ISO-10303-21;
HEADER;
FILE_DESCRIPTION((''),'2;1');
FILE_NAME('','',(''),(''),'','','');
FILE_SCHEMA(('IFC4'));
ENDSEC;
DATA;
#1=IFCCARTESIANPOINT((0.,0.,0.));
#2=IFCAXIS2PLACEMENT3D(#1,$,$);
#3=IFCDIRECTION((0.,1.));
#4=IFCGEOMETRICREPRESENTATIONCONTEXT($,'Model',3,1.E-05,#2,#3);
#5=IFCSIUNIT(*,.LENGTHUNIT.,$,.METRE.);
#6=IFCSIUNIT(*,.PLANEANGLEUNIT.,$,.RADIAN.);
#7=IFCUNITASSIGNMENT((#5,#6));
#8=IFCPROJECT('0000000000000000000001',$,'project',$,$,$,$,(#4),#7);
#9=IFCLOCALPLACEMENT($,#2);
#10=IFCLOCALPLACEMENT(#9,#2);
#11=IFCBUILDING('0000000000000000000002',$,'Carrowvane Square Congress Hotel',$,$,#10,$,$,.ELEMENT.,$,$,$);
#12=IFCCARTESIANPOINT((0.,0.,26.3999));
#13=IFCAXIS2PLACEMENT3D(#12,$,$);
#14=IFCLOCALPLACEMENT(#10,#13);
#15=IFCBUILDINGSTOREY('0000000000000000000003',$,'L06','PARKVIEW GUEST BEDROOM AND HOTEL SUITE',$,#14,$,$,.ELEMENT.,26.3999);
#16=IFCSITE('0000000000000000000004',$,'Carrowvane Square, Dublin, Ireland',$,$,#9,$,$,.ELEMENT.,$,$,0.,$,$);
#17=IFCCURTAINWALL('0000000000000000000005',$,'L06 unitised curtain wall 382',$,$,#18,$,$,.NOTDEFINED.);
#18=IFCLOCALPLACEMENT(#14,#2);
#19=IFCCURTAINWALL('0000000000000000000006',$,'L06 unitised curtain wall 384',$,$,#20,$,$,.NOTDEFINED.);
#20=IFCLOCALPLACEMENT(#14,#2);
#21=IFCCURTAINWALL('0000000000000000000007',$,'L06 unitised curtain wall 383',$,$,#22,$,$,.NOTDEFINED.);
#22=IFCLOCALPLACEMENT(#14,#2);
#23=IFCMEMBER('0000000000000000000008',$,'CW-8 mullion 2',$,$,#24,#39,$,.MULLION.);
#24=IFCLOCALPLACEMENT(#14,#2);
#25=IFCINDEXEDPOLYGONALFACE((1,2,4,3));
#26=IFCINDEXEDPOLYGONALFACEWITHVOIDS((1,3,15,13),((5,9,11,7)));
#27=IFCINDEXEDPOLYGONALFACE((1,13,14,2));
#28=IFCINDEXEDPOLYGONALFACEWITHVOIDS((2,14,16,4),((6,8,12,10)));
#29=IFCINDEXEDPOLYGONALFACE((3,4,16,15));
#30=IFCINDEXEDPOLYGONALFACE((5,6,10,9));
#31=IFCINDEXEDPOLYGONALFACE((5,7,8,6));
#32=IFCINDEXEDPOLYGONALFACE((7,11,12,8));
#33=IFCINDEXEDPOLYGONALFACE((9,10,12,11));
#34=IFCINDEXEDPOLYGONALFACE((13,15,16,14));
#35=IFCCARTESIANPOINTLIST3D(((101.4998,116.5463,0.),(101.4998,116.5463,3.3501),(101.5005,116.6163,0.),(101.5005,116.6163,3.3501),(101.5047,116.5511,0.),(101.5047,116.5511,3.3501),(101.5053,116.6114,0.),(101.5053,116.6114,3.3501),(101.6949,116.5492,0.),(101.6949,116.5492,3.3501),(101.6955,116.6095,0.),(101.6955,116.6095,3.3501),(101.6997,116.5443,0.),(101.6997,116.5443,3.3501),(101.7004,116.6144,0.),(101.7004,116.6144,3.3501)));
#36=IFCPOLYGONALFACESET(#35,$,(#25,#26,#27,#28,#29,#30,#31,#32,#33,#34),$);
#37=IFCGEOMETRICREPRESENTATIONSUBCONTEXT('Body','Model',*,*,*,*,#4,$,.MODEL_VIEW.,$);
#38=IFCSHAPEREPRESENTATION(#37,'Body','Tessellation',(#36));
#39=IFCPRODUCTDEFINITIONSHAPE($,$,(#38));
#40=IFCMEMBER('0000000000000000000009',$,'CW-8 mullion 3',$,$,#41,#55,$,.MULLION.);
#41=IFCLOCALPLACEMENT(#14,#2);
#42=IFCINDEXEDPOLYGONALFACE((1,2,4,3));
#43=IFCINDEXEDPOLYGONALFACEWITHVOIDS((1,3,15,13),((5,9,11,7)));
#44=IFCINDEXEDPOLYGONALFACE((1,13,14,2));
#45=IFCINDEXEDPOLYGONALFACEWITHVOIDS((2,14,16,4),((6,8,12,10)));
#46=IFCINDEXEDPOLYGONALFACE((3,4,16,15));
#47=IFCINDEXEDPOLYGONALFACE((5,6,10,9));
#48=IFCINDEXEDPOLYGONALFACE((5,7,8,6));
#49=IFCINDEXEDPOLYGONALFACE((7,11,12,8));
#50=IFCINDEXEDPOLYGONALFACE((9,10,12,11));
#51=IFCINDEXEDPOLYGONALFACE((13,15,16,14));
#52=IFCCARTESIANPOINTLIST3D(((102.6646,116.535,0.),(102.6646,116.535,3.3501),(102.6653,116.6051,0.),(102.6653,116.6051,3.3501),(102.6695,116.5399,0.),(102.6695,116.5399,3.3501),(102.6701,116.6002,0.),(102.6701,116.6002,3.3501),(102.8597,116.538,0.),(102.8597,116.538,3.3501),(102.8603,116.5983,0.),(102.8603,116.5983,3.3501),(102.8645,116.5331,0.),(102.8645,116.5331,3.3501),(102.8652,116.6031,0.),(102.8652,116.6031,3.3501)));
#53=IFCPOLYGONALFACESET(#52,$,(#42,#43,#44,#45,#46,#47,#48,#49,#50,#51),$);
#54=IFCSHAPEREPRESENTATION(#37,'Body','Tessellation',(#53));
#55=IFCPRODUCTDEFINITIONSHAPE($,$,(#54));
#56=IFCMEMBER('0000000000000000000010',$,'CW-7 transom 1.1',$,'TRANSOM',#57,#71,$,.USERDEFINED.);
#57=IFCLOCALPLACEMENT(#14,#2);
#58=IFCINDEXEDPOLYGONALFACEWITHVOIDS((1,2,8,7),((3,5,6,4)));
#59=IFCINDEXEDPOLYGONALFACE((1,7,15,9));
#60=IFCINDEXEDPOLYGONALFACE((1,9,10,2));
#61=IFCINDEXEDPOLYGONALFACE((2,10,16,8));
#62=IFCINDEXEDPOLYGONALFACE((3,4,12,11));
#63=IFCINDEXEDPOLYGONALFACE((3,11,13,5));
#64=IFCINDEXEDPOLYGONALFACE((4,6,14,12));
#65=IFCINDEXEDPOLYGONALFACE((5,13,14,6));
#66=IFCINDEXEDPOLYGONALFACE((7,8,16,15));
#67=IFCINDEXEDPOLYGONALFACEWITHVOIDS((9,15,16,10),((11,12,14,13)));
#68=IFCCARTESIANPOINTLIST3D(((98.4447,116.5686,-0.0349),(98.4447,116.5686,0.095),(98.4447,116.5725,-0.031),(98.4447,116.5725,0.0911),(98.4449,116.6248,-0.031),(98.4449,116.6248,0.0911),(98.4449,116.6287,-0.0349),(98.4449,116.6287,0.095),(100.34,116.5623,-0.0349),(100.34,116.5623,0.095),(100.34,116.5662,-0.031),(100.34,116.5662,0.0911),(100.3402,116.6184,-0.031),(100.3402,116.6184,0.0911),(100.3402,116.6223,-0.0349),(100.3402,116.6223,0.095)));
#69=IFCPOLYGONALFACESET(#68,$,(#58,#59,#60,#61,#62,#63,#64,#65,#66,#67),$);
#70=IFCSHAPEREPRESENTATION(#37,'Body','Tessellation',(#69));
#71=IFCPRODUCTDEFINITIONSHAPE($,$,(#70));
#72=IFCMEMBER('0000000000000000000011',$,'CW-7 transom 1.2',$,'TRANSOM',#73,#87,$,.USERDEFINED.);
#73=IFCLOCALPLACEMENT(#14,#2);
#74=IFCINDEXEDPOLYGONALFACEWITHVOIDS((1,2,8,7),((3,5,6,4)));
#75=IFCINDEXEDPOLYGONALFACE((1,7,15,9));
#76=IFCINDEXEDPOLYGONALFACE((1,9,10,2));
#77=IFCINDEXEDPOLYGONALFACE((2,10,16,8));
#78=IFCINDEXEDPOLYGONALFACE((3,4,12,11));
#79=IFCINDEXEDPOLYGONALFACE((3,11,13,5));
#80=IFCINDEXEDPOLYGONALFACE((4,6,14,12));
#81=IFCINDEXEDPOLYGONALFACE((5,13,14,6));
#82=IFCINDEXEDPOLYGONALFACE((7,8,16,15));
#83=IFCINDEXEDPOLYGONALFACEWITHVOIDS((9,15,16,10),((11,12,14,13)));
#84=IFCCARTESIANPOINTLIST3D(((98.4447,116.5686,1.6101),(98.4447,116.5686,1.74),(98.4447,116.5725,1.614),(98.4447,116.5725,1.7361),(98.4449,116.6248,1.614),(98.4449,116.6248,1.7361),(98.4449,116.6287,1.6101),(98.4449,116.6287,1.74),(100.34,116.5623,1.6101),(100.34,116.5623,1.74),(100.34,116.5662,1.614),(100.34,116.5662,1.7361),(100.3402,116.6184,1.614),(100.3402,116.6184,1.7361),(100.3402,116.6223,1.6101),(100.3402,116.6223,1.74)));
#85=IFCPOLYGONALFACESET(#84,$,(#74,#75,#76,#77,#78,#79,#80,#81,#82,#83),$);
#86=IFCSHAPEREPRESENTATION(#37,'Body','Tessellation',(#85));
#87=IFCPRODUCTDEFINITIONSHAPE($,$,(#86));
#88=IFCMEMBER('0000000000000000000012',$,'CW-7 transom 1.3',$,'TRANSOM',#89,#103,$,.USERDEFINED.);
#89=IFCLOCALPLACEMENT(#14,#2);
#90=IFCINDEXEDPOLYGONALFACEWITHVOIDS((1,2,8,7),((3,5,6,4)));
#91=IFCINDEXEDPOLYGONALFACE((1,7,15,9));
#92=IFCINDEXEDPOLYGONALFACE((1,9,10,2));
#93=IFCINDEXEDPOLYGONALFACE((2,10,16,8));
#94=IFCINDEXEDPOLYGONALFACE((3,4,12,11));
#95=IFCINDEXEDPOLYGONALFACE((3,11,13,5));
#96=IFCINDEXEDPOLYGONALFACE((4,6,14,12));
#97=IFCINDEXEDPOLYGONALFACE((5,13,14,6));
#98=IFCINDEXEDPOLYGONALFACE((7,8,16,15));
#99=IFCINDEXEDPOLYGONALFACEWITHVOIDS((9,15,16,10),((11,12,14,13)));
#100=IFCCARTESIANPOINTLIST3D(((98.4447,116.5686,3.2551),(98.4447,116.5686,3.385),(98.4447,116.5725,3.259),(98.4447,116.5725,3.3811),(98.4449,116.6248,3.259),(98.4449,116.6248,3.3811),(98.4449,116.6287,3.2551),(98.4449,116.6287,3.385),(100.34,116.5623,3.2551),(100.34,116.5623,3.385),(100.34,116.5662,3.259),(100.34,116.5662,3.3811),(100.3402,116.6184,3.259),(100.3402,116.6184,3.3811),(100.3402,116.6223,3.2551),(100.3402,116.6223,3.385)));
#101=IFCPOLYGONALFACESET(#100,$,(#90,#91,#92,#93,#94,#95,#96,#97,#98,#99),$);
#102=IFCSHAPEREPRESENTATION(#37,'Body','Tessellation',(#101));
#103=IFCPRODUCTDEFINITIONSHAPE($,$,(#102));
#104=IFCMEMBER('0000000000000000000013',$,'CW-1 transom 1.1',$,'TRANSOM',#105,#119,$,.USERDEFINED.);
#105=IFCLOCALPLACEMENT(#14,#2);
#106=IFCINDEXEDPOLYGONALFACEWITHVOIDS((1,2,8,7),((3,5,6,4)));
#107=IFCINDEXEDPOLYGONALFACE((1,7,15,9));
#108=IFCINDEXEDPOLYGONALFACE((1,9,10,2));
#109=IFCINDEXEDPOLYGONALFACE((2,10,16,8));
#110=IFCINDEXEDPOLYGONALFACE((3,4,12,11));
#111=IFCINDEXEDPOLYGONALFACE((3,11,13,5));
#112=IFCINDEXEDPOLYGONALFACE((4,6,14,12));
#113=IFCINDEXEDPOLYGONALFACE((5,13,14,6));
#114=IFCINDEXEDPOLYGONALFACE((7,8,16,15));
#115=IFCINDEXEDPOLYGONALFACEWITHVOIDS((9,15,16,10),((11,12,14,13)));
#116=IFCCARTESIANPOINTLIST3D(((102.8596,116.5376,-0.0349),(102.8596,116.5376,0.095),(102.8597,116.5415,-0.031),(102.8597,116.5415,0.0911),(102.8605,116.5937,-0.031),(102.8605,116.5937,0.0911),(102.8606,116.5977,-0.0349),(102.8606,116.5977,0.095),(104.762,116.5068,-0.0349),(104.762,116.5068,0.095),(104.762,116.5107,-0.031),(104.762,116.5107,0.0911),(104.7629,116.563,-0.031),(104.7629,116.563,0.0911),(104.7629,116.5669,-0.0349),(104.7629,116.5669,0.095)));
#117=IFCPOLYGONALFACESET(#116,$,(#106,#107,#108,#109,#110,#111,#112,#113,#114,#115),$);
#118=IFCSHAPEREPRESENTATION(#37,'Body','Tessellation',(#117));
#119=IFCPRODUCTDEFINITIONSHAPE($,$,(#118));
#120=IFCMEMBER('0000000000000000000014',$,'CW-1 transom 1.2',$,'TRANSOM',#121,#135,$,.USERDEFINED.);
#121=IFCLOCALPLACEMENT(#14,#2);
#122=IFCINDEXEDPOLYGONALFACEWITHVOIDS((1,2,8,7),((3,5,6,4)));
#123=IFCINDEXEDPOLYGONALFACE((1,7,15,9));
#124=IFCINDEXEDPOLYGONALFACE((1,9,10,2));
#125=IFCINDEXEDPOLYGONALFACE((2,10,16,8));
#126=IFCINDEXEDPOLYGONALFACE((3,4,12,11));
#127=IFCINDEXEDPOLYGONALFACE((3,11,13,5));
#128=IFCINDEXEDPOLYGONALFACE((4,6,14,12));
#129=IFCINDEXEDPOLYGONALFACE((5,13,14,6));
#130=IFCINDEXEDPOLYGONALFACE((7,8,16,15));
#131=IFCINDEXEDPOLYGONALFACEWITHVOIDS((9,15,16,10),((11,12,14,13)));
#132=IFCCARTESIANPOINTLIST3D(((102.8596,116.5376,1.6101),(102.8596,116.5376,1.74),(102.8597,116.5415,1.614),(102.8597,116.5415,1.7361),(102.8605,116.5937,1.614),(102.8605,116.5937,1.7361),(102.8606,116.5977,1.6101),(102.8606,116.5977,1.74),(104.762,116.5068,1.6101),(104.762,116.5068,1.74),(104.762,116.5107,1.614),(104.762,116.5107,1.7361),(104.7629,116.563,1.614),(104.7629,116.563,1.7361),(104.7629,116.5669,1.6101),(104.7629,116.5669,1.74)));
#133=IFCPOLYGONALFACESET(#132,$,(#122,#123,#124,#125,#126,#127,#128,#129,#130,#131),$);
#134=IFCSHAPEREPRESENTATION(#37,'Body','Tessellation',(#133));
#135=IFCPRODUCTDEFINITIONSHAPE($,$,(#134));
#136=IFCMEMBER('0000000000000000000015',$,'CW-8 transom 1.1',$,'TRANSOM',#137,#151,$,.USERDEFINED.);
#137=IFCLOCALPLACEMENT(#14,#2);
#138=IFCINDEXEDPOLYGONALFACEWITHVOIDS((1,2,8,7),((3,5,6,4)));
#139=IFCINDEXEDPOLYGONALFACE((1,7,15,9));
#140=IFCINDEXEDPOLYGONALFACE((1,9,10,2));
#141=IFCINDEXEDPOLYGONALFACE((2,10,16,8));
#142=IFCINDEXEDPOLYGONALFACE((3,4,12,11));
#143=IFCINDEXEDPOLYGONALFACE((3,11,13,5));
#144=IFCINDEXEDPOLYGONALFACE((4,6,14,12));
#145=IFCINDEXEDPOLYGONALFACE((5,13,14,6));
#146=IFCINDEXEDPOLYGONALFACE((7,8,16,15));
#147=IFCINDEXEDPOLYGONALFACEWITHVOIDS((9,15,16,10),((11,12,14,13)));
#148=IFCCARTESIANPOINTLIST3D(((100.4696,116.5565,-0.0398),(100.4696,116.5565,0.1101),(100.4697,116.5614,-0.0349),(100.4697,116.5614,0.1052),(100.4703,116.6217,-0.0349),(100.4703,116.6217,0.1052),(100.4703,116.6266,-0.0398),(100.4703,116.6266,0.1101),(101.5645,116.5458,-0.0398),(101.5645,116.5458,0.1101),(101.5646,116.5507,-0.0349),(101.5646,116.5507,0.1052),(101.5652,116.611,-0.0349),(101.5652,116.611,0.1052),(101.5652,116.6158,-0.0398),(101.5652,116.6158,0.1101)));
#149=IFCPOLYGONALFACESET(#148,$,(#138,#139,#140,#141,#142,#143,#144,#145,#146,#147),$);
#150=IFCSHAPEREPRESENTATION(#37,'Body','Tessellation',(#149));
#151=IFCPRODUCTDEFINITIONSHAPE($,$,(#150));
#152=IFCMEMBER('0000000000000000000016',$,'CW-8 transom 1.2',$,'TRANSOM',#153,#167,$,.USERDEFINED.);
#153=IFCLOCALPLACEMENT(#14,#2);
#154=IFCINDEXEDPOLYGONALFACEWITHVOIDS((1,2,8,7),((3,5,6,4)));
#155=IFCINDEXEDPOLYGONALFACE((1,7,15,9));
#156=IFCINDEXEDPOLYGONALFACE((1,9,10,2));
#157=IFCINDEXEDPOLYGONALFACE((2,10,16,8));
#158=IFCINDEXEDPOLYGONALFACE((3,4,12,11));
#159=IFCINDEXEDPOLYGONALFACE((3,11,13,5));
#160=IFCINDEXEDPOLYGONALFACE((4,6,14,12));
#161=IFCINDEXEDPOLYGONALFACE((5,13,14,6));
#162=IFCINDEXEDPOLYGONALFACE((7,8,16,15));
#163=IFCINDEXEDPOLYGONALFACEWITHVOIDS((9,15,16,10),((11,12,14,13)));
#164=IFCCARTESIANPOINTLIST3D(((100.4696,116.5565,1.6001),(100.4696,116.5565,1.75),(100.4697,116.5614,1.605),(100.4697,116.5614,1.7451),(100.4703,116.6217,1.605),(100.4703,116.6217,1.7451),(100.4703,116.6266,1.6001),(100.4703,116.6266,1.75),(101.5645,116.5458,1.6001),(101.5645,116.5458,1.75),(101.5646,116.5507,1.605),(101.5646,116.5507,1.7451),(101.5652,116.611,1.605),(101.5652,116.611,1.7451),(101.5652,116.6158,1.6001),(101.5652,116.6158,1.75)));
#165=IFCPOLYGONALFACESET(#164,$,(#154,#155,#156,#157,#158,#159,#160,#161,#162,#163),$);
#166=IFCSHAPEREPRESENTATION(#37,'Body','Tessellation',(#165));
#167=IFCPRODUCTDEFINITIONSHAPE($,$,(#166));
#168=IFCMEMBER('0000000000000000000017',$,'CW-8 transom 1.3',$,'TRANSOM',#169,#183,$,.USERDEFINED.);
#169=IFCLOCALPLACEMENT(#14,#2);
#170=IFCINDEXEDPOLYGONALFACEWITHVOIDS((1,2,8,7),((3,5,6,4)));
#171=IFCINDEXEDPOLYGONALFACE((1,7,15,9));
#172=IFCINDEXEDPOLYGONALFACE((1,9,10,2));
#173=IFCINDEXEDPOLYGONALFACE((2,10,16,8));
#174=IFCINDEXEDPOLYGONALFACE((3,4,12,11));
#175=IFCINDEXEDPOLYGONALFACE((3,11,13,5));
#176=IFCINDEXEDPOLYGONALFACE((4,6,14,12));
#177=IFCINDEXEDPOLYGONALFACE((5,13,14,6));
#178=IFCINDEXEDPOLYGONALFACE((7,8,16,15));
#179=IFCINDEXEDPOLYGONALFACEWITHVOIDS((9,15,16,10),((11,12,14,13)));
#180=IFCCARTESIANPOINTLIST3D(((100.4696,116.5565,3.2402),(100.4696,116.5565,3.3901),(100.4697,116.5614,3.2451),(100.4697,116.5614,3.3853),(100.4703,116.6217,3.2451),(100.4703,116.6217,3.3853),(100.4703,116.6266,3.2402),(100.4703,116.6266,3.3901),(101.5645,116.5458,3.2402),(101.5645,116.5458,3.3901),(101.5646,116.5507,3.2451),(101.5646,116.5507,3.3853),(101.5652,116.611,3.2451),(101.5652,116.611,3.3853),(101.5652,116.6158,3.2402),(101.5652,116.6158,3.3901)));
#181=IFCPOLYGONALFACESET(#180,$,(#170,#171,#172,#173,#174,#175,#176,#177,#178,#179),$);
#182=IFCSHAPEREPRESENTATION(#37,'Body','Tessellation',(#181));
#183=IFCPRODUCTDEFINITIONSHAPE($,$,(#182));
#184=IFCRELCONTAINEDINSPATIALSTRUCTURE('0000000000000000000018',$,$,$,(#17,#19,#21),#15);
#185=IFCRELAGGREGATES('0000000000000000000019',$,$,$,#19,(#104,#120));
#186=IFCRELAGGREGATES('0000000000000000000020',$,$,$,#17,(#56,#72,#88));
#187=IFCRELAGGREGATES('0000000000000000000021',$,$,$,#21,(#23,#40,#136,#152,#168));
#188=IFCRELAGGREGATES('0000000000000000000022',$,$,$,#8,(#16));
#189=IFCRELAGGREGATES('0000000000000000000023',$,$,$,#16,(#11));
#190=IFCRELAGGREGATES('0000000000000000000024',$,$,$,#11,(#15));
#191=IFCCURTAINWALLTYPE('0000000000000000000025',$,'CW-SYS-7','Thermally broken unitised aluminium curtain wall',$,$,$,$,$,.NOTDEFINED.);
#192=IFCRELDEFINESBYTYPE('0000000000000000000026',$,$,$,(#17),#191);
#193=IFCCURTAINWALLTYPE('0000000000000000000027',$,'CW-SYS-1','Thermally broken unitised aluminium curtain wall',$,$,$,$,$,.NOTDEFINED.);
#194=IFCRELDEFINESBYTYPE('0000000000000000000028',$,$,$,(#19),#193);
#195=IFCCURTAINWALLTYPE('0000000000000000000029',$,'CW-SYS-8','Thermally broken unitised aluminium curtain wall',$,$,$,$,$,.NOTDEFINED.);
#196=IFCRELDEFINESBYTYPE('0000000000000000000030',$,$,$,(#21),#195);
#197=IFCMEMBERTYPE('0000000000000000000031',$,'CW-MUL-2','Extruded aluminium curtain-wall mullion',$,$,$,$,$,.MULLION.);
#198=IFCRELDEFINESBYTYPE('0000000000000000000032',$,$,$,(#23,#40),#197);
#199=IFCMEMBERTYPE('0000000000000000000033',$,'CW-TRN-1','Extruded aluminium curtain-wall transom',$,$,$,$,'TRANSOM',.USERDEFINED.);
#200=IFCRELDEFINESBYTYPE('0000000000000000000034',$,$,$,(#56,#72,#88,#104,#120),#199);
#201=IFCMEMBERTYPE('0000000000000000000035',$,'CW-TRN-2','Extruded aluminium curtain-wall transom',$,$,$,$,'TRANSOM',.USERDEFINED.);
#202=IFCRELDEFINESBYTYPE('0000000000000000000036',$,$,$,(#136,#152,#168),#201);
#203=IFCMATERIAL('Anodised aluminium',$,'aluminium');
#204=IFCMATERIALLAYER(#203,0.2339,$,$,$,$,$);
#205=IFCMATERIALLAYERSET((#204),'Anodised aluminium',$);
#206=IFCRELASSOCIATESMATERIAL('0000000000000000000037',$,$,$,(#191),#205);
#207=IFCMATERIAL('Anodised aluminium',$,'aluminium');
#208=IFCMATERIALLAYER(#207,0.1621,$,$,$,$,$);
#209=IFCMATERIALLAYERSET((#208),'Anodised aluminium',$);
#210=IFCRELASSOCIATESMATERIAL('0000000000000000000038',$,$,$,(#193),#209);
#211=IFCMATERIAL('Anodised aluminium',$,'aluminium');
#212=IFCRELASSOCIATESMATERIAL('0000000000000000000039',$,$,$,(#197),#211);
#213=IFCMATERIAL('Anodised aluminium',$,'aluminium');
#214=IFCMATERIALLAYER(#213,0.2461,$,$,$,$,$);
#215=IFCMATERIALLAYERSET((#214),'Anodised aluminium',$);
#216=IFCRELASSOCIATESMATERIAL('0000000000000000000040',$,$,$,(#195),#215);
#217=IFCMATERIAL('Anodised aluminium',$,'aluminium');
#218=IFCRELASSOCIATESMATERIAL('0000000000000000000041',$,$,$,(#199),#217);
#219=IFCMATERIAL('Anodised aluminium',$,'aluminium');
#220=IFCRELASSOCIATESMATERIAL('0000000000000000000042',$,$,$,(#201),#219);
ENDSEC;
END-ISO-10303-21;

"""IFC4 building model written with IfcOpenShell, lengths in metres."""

from ifc_helpers import new_model, si_unit, direction, frame, origin, origin_2d, place, context, subcontext, project, spatial, hollow_rectangle, extrude, material, layer, layer_set, material_profile, profile_set, type_object, element, aggregate, save


model = new_model("IFC4")

# Units and contexts
model_context = context("Model", 3, precision=1e-05, world=origin(), true_north=direction((0.0, 1.0)))
body_context = subcontext(model_context, "Body", "Model", "MODEL_VIEW")
ifc_project = project(units=[si_unit("LENGTHUNIT", "METRE"), si_unit("PLANEANGLEUNIT", "RADIAN")], contexts=[model_context])

# Site, building, storey
site_placement = place(None, origin())
site = spatial("IfcSite", under=ifc_project, at=site_placement, Name="Carrowvane Square, Dublin, Ireland", CompositionType="ELEMENT", RefElevation=0.0)
building_placement = place(site_placement, origin())
building = spatial("IfcBuilding", under=site, at=building_placement, Name="Carrowvane Square Congress Hotel", CompositionType="ELEMENT")
storey_placement = place(building_placement, frame((0.0, 0.0, 26.3999)))
storey = spatial("IfcBuildingStorey", under=building, at=storey_placement, Name="L06", Description="PARKVIEW GUEST BEDROOM AND HOTEL SUITE", CompositionType="ELEMENT", Elevation=26.3999)

# Curtain wall
ifc_material_1 = material(Name="Anodised aluminium", Category="aluminium")
ifc_layer_1 = layer(ifc_material_1, 0.2339)
ifc_layer_set_1 = layer_set([ifc_layer_1], Name="Anodised aluminium")
curtain_wall_type_1 = type_object("IfcCurtainWallType", Name="CW-SYS-7", Description="Thermally broken unitised aluminium curtain wall", PredefinedType="NOTDEFINED", material=ifc_layer_set_1)
curtain_wall_1_placement = place(storey_placement, origin())
curtain_wall_1 = element("IfcCurtainWall", 1, at=curtain_wall_1_placement, inside=storey, type_object=curtain_wall_type_1, Name="L06 unitised curtain wall 382", PredefinedType="NOTDEFINED")

# Curtain wall
ifc_material_2 = material(Name="Anodised aluminium", Category="aluminium")
ifc_layer_2 = layer(ifc_material_2, 0.1621)
ifc_layer_set_2 = layer_set([ifc_layer_2], Name="Anodised aluminium")
curtain_wall_type_2 = type_object("IfcCurtainWallType", Name="CW-SYS-1", Description="Thermally broken unitised aluminium curtain wall", PredefinedType="NOTDEFINED", material=ifc_layer_set_2)
curtain_wall_2_placement = place(storey_placement, origin())
curtain_wall_2 = element("IfcCurtainWall", 2, at=curtain_wall_2_placement, inside=storey, type_object=curtain_wall_type_2, Name="L06 unitised curtain wall 384", PredefinedType="NOTDEFINED")
ifc_material_3 = material(Name="Anodised aluminium", Category="aluminium")
ifc_material_profile_1 = material_profile(ifc_material_3, hollow_rectangle(XDim=0.0701, YDim=0.2, WallThickness=0.0049, at=origin_2d()), Name="CW-ML 70x200x5")
ifc_profile_set_1 = profile_set([ifc_material_profile_1], Name="Anodised aluminium")
member_type_1 = type_object("IfcMemberType", Name="CW-MUL-2", Description="Extruded aluminium curtain-wall mullion", PredefinedType="MULLION", material=ifc_profile_set_1)

# Curtain wall, members
ifc_material_4 = material(Name="Anodised aluminium", Category="aluminium")
ifc_layer_3 = layer(ifc_material_4, 0.2461)
ifc_layer_set_3 = layer_set([ifc_layer_3], Name="Anodised aluminium")
curtain_wall_type_3 = type_object("IfcCurtainWallType", Name="CW-SYS-8", Description="Thermally broken unitised aluminium curtain wall", PredefinedType="NOTDEFINED", material=ifc_layer_set_3)
curtain_wall_3_placement = place(storey_placement, origin())
curtain_wall_3 = element("IfcCurtainWall", 3, at=curtain_wall_3_placement, inside=storey, type_object=curtain_wall_type_3, Name="L06 unitised curtain wall 383", PredefinedType="NOTDEFINED")
member_1_placement = place(storey_placement, frame((101.6001, 116.5803, 0.0), z_axis=(0.0, 0.0, 1.0), x_axis=(0.009783, 0.999952, 0.0)))
member_1 = element("IfcMember", 4, at=member_1_placement, type_object=member_type_1, Name="CW-8 mullion 2", PredefinedType="MULLION", context=body_context, shape_type="SweptSolid", body=[
    extrude(hollow_rectangle(XDim=0.0701, YDim=0.2, WallThickness=0.0049, at=origin_2d()), origin(), (0.0, 0.0, 1.0), 3.3501),
])
member_2_placement = place(storey_placement, frame((102.7649, 116.5691, 0.0), z_axis=(0.0, 0.0, 1.0), x_axis=(0.009783, 0.999952, 0.0)))
member_2 = element("IfcMember", 5, at=member_2_placement, type_object=member_type_1, Name="CW-8 mullion 3", PredefinedType="MULLION", context=body_context, shape_type="SweptSolid", body=[
    extrude(hollow_rectangle(XDim=0.0701, YDim=0.2, WallThickness=0.0049, at=origin_2d()), origin(), (0.0, 0.0, 1.0), 3.3501),
])

# Members
ifc_material_5 = material(Name="Anodised aluminium", Category="aluminium")
ifc_material_profile_2 = material_profile(ifc_material_5, hollow_rectangle(XDim=0.0601, YDim=0.1299, WallThickness=0.0039, at=origin_2d()), Name="CW-TR 60x130x4")
ifc_profile_set_2 = profile_set([ifc_material_profile_2], Name="Anodised aluminium")
member_type_2 = type_object("IfcMemberType", Name="CW-TRN-1", Description="Extruded aluminium curtain-wall transom", ElementType="TRANSOM", PredefinedType="USERDEFINED", material=ifc_profile_set_2)
member_3_placement = place(storey_placement, frame((98.4448, 116.5986, 0.03), z_axis=(0.999994, -0.003349, 0.0), x_axis=(0.003349, 0.999994, 0.0)))
member_3 = element("IfcMember", 6, at=member_3_placement, type_object=member_type_2, Name="CW-7 transom 1.1", ObjectType="TRANSOM", PredefinedType="USERDEFINED", context=body_context, shape_type="SweptSolid", body=[
    extrude(hollow_rectangle(XDim=0.0601, YDim=0.1299, WallThickness=0.0039, at=origin_2d()), origin(), (0.0, 0.0, 1.0), 1.8953),
])
member_4_placement = place(storey_placement, frame((98.4448, 116.5986, 1.675), z_axis=(0.999994, -0.003349, 0.0), x_axis=(0.003349, 0.999994, 0.0)))
member_4 = element("IfcMember", 7, at=member_4_placement, type_object=member_type_2, Name="CW-7 transom 1.2", ObjectType="TRANSOM", PredefinedType="USERDEFINED", context=body_context, shape_type="SweptSolid", body=[
    extrude(hollow_rectangle(XDim=0.0601, YDim=0.1299, WallThickness=0.0039, at=origin_2d()), origin(), (0.0, 0.0, 1.0), 1.8953),
])
member_5_placement = place(storey_placement, frame((98.4448, 116.5986, 3.3201), z_axis=(0.999994, -0.003349, 0.0), x_axis=(0.003349, 0.999994, 0.0)))
member_5 = element("IfcMember", 8, at=member_5_placement, type_object=member_type_2, Name="CW-7 transom 1.3", ObjectType="TRANSOM", PredefinedType="USERDEFINED", context=body_context, shape_type="SweptSolid", body=[
    extrude(hollow_rectangle(XDim=0.0601, YDim=0.1299, WallThickness=0.0039, at=origin_2d()), origin(), (0.0, 0.0, 1.0), 1.8953),
])
member_6_placement = place(storey_placement, frame((102.8601, 116.5676, 0.03), z_axis=(0.999869, -0.016168, 0.0), x_axis=(0.016168, 0.999869, 0.0)))
member_6 = element("IfcMember", 9, at=member_6_placement, type_object=member_type_2, Name="CW-1 transom 1.1", ObjectType="TRANSOM", PredefinedType="USERDEFINED", context=body_context, shape_type="SweptSolid", body=[
    extrude(hollow_rectangle(XDim=0.0601, YDim=0.1299, WallThickness=0.0039, at=origin_2d()), origin(), (0.0, 0.0, 1.0), 1.9026),
])
member_7_placement = place(storey_placement, frame((102.8601, 116.5676, 1.675), z_axis=(0.999869, -0.016168, 0.0), x_axis=(0.016168, 0.999869, 0.0)))
member_7 = element("IfcMember", 10, at=member_7_placement, type_object=member_type_2, Name="CW-1 transom 1.2", ObjectType="TRANSOM", PredefinedType="USERDEFINED", context=body_context, shape_type="SweptSolid", body=[
    extrude(hollow_rectangle(XDim=0.0601, YDim=0.1299, WallThickness=0.0039, at=origin_2d()), origin(), (0.0, 0.0, 1.0), 1.9026),
])
aggregate(curtain_wall_2, [member_6, member_7])
ifc_material_6 = material(Name="Anodised aluminium", Category="aluminium")
ifc_material_profile_3 = material_profile(ifc_material_6, hollow_rectangle(XDim=0.0701, YDim=0.1499, WallThickness=0.0049, at=origin_2d()), Name="CW-TR 70x150x5")
ifc_profile_set_3 = profile_set([ifc_material_profile_3], Name="Anodised aluminium")
member_type_3 = type_object("IfcMemberType", Name="CW-TRN-2", Description="Extruded aluminium curtain-wall transom", ElementType="TRANSOM", PredefinedType="USERDEFINED", material=ifc_profile_set_3)
member_8_placement = place(storey_placement, frame((100.47, 116.5916, 0.0352), z_axis=(0.999952, -0.00981, 0.0), x_axis=(0.00981, 0.999952, 0.0)))
member_8 = element("IfcMember", 11, at=member_8_placement, type_object=member_type_3, Name="CW-8 transom 1.1", ObjectType="TRANSOM", PredefinedType="USERDEFINED", context=body_context, shape_type="SweptSolid", body=[
    extrude(hollow_rectangle(XDim=0.0701, YDim=0.1499, WallThickness=0.0049, at=origin_2d()), origin(), (0.0, 0.0, 1.0), 1.095),
])
member_9_placement = place(storey_placement, frame((100.47, 116.5916, 1.675), z_axis=(0.999952, -0.00981, 0.0), x_axis=(0.00981, 0.999952, 0.0)))
member_9 = element("IfcMember", 12, at=member_9_placement, type_object=member_type_3, Name="CW-8 transom 1.2", ObjectType="TRANSOM", PredefinedType="USERDEFINED", context=body_context, shape_type="SweptSolid", body=[
    extrude(hollow_rectangle(XDim=0.0701, YDim=0.1499, WallThickness=0.0049, at=origin_2d()), origin(), (0.0, 0.0, 1.0), 1.095),
])
member_10_placement = place(storey_placement, frame((100.47, 116.5916, 3.3152), z_axis=(0.999952, -0.00981, 0.0), x_axis=(0.00981, 0.999952, 0.0)))
member_10 = element("IfcMember", 13, at=member_10_placement, type_object=member_type_3, Name="CW-8 transom 1.3", ObjectType="TRANSOM", PredefinedType="USERDEFINED", context=body_context, shape_type="SweptSolid", body=[
    extrude(hollow_rectangle(XDim=0.0701, YDim=0.1499, WallThickness=0.0049, at=origin_2d()), origin(), (0.0, 0.0, 1.0), 1.095),
])

aggregate(curtain_wall_1, [member_3, member_4, member_5])
aggregate(curtain_wall_3, [member_1, member_2, member_8, member_9, member_10])

save(model, "model.ifc")
